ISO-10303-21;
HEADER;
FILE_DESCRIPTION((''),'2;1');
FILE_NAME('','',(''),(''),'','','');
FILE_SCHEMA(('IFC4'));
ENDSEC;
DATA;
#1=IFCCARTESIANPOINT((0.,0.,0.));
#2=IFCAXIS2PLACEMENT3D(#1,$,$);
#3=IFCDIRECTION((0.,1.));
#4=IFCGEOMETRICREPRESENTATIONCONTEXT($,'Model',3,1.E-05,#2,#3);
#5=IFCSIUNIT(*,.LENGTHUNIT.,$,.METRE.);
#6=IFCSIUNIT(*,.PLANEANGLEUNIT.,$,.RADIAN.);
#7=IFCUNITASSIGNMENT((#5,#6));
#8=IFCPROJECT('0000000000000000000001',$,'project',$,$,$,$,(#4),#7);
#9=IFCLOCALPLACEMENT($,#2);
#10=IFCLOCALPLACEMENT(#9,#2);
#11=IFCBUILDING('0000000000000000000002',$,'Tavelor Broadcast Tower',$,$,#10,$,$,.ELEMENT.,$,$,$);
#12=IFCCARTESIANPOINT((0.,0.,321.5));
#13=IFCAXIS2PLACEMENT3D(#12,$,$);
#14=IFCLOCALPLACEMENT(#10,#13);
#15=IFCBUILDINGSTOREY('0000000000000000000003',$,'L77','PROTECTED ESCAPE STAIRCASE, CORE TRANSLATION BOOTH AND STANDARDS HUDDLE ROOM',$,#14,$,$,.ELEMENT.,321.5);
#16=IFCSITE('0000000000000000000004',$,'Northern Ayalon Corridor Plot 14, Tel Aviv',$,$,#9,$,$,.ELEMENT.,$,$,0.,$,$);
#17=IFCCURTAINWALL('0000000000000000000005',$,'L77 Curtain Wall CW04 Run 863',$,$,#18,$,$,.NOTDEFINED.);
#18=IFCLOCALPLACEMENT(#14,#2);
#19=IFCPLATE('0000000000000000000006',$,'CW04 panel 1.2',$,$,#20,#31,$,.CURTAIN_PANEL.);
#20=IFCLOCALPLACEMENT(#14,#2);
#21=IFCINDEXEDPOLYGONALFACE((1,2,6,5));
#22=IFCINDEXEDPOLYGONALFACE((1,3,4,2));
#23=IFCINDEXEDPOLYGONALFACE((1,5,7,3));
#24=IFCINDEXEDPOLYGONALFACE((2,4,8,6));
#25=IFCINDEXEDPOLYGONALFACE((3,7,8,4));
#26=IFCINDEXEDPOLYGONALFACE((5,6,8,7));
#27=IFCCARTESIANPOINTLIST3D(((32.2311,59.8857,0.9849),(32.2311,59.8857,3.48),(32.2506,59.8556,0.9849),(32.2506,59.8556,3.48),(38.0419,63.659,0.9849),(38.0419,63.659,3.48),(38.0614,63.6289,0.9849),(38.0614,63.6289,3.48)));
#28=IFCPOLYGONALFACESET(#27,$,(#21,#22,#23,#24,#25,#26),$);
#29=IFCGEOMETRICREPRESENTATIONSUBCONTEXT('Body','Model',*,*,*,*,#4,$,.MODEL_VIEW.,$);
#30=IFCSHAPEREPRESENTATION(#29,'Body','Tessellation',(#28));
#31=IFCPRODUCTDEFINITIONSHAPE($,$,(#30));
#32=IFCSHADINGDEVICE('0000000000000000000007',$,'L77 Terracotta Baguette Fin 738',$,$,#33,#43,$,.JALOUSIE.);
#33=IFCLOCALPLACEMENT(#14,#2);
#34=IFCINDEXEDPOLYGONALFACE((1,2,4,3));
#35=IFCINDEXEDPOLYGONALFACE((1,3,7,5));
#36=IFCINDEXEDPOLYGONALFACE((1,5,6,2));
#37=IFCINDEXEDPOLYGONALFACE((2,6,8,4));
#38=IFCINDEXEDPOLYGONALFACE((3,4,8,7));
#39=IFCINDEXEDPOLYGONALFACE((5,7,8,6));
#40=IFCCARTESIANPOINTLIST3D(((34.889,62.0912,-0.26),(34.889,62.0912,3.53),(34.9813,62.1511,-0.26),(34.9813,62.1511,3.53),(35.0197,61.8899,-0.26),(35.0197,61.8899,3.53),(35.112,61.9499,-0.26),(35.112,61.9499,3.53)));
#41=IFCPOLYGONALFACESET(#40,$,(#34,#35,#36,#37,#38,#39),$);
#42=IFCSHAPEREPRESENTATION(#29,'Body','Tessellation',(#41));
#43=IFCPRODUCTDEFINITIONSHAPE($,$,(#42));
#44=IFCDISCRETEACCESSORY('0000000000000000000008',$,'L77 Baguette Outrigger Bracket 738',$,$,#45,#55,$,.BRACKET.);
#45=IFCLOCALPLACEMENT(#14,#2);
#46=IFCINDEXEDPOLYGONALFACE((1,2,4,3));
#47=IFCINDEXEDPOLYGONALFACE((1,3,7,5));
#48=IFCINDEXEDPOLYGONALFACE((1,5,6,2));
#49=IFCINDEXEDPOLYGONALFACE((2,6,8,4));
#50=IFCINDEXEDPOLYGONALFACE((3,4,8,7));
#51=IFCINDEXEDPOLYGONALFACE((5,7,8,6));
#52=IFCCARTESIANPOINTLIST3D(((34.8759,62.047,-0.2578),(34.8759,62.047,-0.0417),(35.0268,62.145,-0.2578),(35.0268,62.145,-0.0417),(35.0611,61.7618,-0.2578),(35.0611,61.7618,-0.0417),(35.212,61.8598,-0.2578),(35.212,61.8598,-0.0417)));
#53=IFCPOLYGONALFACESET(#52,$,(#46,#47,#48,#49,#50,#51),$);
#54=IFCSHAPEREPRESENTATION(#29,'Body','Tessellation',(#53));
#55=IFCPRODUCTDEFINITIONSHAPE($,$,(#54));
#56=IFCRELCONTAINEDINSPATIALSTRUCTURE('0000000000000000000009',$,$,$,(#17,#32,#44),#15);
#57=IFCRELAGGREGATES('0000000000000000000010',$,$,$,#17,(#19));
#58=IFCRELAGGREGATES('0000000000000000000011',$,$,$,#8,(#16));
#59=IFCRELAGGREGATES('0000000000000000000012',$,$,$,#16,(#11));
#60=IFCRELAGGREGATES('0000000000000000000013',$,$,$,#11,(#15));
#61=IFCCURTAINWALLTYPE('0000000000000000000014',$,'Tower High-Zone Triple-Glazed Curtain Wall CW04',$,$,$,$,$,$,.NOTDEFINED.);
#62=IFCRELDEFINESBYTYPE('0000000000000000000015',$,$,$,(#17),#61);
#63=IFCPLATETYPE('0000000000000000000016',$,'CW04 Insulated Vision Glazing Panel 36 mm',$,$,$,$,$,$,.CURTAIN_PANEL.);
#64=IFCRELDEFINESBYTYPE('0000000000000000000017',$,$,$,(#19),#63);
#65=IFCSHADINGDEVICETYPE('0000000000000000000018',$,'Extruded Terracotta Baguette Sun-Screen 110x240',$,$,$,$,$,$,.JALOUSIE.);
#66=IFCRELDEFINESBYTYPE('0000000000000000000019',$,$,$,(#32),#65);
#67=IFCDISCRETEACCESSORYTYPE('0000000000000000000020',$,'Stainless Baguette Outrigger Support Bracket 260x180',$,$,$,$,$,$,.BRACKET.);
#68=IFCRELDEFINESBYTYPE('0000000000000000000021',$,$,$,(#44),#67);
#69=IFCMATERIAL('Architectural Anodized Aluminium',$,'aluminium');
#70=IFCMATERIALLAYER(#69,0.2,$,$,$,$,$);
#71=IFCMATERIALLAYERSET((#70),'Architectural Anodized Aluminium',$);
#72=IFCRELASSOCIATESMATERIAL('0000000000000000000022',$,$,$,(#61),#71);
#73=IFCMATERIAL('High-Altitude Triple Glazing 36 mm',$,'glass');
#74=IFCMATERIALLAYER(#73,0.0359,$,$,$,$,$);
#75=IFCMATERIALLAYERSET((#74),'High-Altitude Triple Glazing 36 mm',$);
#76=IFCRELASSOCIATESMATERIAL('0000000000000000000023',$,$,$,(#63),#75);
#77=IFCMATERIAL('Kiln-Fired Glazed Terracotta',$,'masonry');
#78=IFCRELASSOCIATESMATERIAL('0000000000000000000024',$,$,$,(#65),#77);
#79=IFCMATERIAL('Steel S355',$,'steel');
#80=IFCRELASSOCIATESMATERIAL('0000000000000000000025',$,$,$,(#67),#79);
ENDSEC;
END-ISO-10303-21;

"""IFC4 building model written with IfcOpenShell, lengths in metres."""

from ifc_helpers import new_model, si_unit, direction, frame, origin, origin_2d, place, context, subcontext, project, spatial, rectangle, extrude, source, transform, mapped, material, layer, layer_set, type_object, type_shapes, element, aggregate, save


model = new_model("IFC4")

# Units and contexts
model_context = context("Model", 3, precision=1e-05, world=origin(), true_north=direction((0.0, 1.0)))
body_context = subcontext(model_context, "Body", "Model", "MODEL_VIEW")
ifc_project = project(units=[si_unit("LENGTHUNIT", "METRE"), si_unit("PLANEANGLEUNIT", "RADIAN")], contexts=[model_context])

# Site, building, storey
site_placement = place(None, origin())
site = spatial("IfcSite", under=ifc_project, at=site_placement, Name="Northern Ayalon Corridor Plot 14, Tel Aviv", CompositionType="ELEMENT", RefElevation=0.0)
building_placement = place(site_placement, origin())
building = spatial("IfcBuilding", under=site, at=building_placement, Name="Tavelor Broadcast Tower", CompositionType="ELEMENT")
storey_placement = place(building_placement, frame((0.0, 0.0, 321.5)))
storey = spatial("IfcBuildingStorey", under=building, at=storey_placement, Name="L77", Description="PROTECTED ESCAPE STAIRCASE, CORE TRANSLATION BOOTH AND STANDARDS HUDDLE ROOM", CompositionType="ELEMENT", Elevation=321.5)

# Shared definitions
ifc_material_1 = material(Name="Steel S355", Category="steel")

# Shared definitions
ifc_material_2 = material(Name="Architectural Anodized Aluminium", Category="aluminium")
ifc_layer_1 = layer(ifc_material_2, 0.2)
ifc_layer_set_1 = layer_set([ifc_layer_1], Name="Architectural Anodized Aluminium")
curtain_wall_type = type_object("IfcCurtainWallType", Name="Tower High-Zone Triple-Glazed Curtain Wall CW04", PredefinedType="NOTDEFINED", material=ifc_layer_set_1)

# Curtain wall
curtain_wall_1_placement = place(storey_placement, origin())
curtain_wall_1 = element("IfcCurtainWall", 1, at=curtain_wall_1_placement, inside=storey, type_object=curtain_wall_type, Name="L77 Curtain Wall CW04 Run 863", PredefinedType="NOTDEFINED")

# Plate
ifc_material_3 = material(Name="High-Altitude Triple Glazing 36 mm", Category="glass")
ifc_layer_2 = layer(ifc_material_3, 0.0359)
ifc_layer_set_2 = layer_set([ifc_layer_2], Name="High-Altitude Triple Glazing 36 mm")
plate_type_1 = type_object("IfcPlateType", Name="CW04 Insulated Vision Glazing Panel 36 mm", PredefinedType="CURTAIN_PANEL", material=ifc_layer_set_2)
shared_shape_1 = source(origin(), body_context, "Body", "SweptSolid", [
    extrude(rectangle(XDim=6.9285, YDim=0.0359, at=origin_2d()), origin(), (0.0, 0.0, 1.0), 2.4951),
])
plate_1_placement = place(storey_placement, frame((35.1462, 61.7573, 0.9849), z_axis=(0.0, 0.0, 1.0), x_axis=(-0.838689, -0.544611, 0.0)))
plate_1 = element("IfcPlate", 2, at=plate_1_placement, type_object=plate_type_1, Name="CW04 panel 1.2", PredefinedType="CURTAIN_PANEL", context=body_context, shape_type="MappedRepresentation", body=[
    mapped(shared_shape_1, transform((0.0, 0.0, 0.0), scale=1.0)),
])
aggregate(curtain_wall_1, [plate_1])

# Shading device
ifc_material_4 = material(Name="Kiln-Fired Glazed Terracotta", Category="masonry")
shading_device_type = type_object("IfcShadingDeviceType", Name="Extruded Terracotta Baguette Sun-Screen 110x240", PredefinedType="JALOUSIE", material=ifc_material_4)
shared_shape_2 = source(origin(), body_context, "Body", "SweptSolid", [
    extrude(rectangle(XDim=0.1101, YDim=0.24, at=origin_2d()), origin(), (0.0, 0.0, 1.0), 3.79),
])
type_shapes(shading_device_type, [shared_shape_2])
shading_device_placement = place(storey_placement, frame((35.0005, 62.0205, -0.26), z_axis=(0.0, 0.0, 1.0), x_axis=(-0.838671, -0.544639, 0.0)))
element("IfcShadingDevice", 3, at=shading_device_placement, inside=storey, type_object=shading_device_type, Name="L77 Terracotta Baguette Fin 738", PredefinedType="JALOUSIE", context=body_context, shape_type="MappedRepresentation", body=[
    mapped(shared_shape_2, transform((0.0, 0.0, 0.0), scale=1.0)),
])

# Discrete accessory
discrete_accessory_type = type_object("IfcDiscreteAccessoryType", Name="Stainless Baguette Outrigger Support Bracket 260x180", PredefinedType="BRACKET", material=ifc_material_1)
shared_shape_3 = source(origin(), body_context, "Body", "SweptSolid", [
    extrude(rectangle(XDim=0.1799, YDim=0.3401, at=origin_2d()), origin(), (0.0, 0.0, 1.0), 0.2161),
])
type_shapes(discrete_accessory_type, [shared_shape_3])
discrete_accessory_placement = place(storey_placement, frame((35.0439, 61.9534, -0.2578), z_axis=(0.0, 0.0, 1.0), x_axis=(-0.838671, -0.544639, 0.0)))
element("IfcDiscreteAccessory", 4, at=discrete_accessory_placement, inside=storey, type_object=discrete_accessory_type, Name="L77 Baguette Outrigger Bracket 738", PredefinedType="BRACKET", context=body_context, shape_type="MappedRepresentation", body=[
    mapped(shared_shape_3, transform((0.0, 0.0, 0.0), scale=1.0)),
])

save(model, "model.ifc")
